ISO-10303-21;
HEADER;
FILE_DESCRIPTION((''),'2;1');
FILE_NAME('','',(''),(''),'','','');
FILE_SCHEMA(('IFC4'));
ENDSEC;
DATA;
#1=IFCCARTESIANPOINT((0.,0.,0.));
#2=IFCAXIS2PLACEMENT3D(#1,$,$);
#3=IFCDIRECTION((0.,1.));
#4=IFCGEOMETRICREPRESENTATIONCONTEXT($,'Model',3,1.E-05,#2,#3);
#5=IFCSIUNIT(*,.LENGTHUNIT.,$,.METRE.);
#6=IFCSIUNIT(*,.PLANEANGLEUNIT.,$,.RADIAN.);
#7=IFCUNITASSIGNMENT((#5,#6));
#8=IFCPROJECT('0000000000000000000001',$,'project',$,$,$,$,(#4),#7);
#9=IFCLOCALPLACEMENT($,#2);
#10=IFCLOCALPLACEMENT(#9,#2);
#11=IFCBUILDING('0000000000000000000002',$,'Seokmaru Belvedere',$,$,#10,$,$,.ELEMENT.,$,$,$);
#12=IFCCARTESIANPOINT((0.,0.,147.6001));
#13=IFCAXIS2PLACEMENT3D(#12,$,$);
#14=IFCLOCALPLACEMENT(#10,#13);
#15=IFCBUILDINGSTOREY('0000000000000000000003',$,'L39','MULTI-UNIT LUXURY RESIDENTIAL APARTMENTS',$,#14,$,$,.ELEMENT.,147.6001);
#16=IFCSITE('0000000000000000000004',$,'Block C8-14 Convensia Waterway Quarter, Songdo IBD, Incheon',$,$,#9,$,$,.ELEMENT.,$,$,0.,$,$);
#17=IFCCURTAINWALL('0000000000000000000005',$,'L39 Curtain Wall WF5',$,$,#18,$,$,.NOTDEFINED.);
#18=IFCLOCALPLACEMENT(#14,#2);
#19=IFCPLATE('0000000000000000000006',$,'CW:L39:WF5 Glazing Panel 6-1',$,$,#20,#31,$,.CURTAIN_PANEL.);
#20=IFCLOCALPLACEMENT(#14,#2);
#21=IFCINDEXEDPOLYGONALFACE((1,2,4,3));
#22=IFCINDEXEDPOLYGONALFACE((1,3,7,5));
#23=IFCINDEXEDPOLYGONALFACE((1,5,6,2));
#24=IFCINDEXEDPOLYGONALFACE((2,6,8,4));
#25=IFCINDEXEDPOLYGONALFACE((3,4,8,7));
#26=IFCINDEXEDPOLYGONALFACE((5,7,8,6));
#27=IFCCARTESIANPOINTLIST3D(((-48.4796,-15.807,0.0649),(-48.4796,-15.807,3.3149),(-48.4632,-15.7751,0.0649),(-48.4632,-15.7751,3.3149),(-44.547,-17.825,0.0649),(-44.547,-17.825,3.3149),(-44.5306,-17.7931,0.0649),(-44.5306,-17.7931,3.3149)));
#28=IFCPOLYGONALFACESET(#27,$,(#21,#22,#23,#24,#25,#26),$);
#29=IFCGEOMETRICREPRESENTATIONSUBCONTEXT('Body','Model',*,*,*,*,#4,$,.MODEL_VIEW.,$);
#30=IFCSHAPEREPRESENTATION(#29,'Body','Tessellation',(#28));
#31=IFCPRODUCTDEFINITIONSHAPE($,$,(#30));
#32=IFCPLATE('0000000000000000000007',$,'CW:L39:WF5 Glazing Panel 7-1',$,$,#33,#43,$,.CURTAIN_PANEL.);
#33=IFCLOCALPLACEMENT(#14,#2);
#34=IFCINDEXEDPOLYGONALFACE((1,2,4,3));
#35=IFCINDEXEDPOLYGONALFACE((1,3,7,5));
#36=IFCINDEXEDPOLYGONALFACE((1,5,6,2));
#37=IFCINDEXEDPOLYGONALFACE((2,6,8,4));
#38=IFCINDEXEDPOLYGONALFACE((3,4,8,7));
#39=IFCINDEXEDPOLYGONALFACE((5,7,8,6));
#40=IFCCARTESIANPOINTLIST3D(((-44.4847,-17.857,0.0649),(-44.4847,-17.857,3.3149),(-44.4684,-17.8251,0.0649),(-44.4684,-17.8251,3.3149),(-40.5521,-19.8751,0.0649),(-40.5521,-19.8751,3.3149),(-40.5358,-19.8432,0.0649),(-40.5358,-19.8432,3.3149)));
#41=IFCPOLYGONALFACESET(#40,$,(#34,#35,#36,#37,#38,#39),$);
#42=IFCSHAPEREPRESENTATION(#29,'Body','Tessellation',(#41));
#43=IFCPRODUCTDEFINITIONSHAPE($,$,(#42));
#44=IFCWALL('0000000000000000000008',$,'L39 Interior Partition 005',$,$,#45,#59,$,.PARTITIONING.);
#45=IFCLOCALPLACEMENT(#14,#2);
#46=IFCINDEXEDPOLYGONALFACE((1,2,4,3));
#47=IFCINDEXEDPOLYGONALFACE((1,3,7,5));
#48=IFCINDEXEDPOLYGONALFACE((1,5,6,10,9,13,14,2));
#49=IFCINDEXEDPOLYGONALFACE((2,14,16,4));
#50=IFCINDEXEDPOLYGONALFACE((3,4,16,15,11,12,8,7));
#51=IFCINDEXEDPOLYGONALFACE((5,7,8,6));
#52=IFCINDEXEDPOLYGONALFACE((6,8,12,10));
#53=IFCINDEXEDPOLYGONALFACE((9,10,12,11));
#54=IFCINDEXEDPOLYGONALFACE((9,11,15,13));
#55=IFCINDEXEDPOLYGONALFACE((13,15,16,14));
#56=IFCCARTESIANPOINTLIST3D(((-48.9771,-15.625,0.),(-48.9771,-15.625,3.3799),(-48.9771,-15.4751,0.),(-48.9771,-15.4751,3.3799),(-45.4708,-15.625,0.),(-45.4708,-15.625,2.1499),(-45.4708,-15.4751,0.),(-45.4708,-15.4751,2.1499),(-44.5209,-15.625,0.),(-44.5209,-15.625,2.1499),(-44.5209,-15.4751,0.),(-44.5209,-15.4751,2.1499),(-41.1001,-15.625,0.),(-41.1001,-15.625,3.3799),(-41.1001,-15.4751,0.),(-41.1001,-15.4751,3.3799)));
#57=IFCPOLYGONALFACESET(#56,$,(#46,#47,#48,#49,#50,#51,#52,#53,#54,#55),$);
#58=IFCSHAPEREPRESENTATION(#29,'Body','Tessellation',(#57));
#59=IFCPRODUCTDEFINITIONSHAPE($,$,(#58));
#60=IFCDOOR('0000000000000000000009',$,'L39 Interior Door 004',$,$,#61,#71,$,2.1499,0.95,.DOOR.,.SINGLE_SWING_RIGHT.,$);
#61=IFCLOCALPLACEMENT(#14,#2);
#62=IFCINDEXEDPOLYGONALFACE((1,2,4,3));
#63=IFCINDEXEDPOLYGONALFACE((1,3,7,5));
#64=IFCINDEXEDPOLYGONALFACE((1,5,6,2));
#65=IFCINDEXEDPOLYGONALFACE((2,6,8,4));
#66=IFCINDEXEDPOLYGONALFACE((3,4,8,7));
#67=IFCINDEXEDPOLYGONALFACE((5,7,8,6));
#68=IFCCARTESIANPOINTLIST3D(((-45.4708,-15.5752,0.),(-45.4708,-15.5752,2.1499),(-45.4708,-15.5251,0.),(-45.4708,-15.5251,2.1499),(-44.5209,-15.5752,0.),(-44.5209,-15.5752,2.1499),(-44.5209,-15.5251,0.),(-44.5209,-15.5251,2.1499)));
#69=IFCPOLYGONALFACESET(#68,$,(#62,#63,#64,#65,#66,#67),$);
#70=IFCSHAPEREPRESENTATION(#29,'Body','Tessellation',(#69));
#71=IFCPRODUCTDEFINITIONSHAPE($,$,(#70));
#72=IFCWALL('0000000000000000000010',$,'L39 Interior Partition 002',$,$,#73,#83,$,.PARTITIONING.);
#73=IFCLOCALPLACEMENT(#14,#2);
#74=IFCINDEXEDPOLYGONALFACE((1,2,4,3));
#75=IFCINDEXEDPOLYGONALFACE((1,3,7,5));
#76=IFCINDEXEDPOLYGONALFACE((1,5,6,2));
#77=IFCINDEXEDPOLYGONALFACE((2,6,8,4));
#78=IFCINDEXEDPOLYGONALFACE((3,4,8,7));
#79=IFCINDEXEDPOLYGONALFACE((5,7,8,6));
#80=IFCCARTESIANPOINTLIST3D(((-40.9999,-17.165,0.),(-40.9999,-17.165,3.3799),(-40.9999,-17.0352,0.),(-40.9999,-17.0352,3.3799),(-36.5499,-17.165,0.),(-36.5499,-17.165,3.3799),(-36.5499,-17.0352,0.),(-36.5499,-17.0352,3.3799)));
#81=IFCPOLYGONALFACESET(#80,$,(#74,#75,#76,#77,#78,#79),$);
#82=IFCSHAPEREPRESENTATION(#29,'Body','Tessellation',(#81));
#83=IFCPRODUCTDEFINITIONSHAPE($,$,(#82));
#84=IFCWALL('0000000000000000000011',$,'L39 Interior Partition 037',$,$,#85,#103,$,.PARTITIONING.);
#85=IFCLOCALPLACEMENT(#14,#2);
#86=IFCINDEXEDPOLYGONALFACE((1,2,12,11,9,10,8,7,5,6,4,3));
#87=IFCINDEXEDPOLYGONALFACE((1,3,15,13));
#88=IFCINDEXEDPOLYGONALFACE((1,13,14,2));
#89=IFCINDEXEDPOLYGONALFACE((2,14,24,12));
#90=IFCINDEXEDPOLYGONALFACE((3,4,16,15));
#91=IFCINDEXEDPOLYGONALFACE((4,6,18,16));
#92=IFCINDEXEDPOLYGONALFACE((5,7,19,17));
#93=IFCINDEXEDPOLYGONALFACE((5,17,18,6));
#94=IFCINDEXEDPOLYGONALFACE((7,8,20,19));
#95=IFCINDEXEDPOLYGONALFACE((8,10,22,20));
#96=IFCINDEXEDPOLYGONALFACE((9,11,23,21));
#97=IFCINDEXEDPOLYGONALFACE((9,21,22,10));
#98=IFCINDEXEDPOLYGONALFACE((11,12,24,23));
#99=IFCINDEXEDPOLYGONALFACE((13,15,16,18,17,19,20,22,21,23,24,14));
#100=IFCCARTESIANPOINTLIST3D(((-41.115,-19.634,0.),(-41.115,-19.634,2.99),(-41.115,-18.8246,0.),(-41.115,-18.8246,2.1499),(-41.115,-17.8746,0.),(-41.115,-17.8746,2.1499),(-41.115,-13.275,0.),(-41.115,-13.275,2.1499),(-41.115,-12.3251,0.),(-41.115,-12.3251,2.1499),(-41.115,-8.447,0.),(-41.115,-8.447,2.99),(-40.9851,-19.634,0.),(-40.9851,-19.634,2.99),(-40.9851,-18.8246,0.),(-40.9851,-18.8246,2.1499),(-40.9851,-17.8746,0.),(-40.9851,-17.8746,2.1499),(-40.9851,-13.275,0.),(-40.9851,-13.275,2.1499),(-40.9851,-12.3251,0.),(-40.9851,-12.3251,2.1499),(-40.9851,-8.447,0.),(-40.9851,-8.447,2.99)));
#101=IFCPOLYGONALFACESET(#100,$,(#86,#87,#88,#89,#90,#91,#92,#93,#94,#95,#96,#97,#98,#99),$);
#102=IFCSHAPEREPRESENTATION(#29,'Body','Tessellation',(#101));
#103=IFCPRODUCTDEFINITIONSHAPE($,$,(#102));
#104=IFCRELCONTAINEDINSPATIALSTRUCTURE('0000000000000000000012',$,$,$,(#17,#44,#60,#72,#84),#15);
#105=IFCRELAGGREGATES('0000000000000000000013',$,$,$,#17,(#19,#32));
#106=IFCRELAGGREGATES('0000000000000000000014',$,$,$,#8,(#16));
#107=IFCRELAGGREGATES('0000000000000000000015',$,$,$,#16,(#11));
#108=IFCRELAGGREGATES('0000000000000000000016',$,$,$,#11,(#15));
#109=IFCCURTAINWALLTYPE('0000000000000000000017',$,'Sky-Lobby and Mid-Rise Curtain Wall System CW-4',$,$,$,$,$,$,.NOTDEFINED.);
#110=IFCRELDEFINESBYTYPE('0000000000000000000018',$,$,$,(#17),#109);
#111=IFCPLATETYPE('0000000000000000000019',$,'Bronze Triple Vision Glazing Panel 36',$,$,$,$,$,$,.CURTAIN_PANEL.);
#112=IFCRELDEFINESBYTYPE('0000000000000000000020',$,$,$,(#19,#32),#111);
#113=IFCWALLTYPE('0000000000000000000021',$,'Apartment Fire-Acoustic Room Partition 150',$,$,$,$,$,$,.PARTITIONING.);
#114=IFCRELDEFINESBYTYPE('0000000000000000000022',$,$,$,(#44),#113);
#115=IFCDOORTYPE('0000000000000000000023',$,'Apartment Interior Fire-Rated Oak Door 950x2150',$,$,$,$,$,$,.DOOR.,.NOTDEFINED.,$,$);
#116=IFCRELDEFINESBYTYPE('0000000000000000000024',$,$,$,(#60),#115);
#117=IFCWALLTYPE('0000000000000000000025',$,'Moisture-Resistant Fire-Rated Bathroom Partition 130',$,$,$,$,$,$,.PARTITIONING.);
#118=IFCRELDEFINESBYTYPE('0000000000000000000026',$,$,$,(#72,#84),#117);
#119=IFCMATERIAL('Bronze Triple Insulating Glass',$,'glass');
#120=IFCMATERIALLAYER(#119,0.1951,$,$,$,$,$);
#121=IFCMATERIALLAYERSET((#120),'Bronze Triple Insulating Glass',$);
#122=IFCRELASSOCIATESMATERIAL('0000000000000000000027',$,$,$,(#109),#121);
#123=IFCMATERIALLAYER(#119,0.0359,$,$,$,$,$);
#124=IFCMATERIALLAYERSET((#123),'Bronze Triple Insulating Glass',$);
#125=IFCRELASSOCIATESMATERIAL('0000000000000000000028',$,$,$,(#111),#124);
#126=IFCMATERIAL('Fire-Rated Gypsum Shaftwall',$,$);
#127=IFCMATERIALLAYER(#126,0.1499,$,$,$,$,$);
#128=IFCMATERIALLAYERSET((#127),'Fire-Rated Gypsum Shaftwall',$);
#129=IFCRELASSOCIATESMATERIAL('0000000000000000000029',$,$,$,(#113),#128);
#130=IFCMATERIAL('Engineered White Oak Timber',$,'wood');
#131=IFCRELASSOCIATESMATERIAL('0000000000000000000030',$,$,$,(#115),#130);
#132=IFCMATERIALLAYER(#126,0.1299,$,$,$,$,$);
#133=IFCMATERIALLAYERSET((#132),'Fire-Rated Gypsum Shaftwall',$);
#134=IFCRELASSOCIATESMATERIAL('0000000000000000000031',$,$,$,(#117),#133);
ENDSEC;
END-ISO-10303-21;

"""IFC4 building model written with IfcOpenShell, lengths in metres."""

from ifc_helpers import new_model, si_unit, direction, frame, frame_2d, origin, origin_2d, place, context, subcontext, project, spatial, rectangle, extrude, source, transform, mapped, material, layer, layer_set, type_object, type_shapes, element, fill, aggregate, save


model = new_model("IFC4")

# Units and contexts
model_context = context("Model", 3, precision=1e-05, world=origin(), true_north=direction((0.0, 1.0)))
body_context = subcontext(model_context, "Body", "Model", "MODEL_VIEW")
ifc_project = project(units=[si_unit("LENGTHUNIT", "METRE"), si_unit("PLANEANGLEUNIT", "RADIAN")], contexts=[model_context])

# Site, building, storey
site_placement = place(None, origin())
site = spatial("IfcSite", under=ifc_project, at=site_placement, Name="Block C8-14 Convensia Waterway Quarter, Songdo IBD, Incheon", CompositionType="ELEMENT", RefElevation=0.0)
building_placement = place(site_placement, origin())
building = spatial("IfcBuilding", under=site, at=building_placement, Name="Seokmaru Belvedere", CompositionType="ELEMENT")
storey_placement = place(building_placement, frame((0.0, 0.0, 147.6001)))
storey = spatial("IfcBuildingStorey", under=building, at=storey_placement, Name="L39", Description="MULTI-UNIT LUXURY RESIDENTIAL APARTMENTS", CompositionType="ELEMENT", Elevation=147.6001)

# Curtain wall, plates
ifc_material_1 = material(Name="Bronze Triple Insulating Glass", Category="glass")
ifc_layer_1 = layer(ifc_material_1, 0.1951)
ifc_layer_set_1 = layer_set([ifc_layer_1], Name="Bronze Triple Insulating Glass")
curtain_wall_type = type_object("IfcCurtainWallType", Name="Sky-Lobby and Mid-Rise Curtain Wall System CW-4", PredefinedType="NOTDEFINED", material=ifc_layer_set_1)
curtain_wall_placement = place(storey_placement, origin())
curtain_wall = element("IfcCurtainWall", 1, at=curtain_wall_placement, inside=storey, type_object=curtain_wall_type, Name="L39 Curtain Wall WF5", PredefinedType="NOTDEFINED")
ifc_layer_2 = layer(ifc_material_1, 0.0359)
ifc_layer_set_2 = layer_set([ifc_layer_2], Name="Bronze Triple Insulating Glass")
plate_type = type_object("IfcPlateType", Name="Bronze Triple Vision Glazing Panel 36", PredefinedType="CURTAIN_PANEL", material=ifc_layer_set_2)
shared_shape_1 = source(origin(), body_context, "Body", "SweptSolid", [
    extrude(rectangle(XDim=4.4202, YDim=0.0359, at=origin_2d()), origin(), (0.0, 0.0, 1.0), 3.25),
])
type_shapes(plate_type, [shared_shape_1])
plate_1_placement = place(storey_placement, frame((-46.5051, -16.8, 0.0649), z_axis=(0.0, 0.0, 1.0), x_axis=(0.889695, -0.456555, 0.0)))
plate_1 = element("IfcPlate", 2, at=plate_1_placement, type_object=plate_type, Name="CW:L39:WF5 Glazing Panel 6-1", PredefinedType="CURTAIN_PANEL", context=body_context, shape_type="MappedRepresentation", body=[
    mapped(shared_shape_1, transform((0.0, 0.0, 0.0), scale=1.0)),
])
plate_2_placement = place(storey_placement, frame((-42.5103, -18.8501, 0.0649), z_axis=(0.0, 0.0, 1.0), x_axis=(0.889695, -0.456555, 0.0)))
plate_2 = element("IfcPlate", 3, at=plate_2_placement, type_object=plate_type, Name="CW:L39:WF5 Glazing Panel 7-1", PredefinedType="CURTAIN_PANEL", context=body_context, shape_type="MappedRepresentation", body=[
    mapped(shared_shape_1, transform((0.0, 0.0, 0.0), scale=1.0)),
])
aggregate(curtain_wall, [plate_1, plate_2])

# Wall, opening, door
ifc_material_2 = material(Name="Fire-Rated Gypsum Shaftwall")
ifc_layer_3 = layer(ifc_material_2, 0.1499)
ifc_layer_set_3 = layer_set([ifc_layer_3], Name="Fire-Rated Gypsum Shaftwall")
wall_type_1 = type_object("IfcWallType", Name="Apartment Fire-Acoustic Room Partition 150", PredefinedType="PARTITIONING", material=ifc_layer_set_3)
wall_1_placement = place(storey_placement, frame((-48.9771, -15.55, 0.0), z_axis=(0.0, 0.0, 1.0), x_axis=(1.0, 0.0, 0.0)))
wall_1 = element("IfcWall", 4, at=wall_1_placement, inside=storey, type_object=wall_type_1, Name="L39 Interior Partition 005", PredefinedType="PARTITIONING", context=body_context, shape_type="SweptSolid", body=[
    extrude(rectangle(XDim=7.877, YDim=0.1499, at=frame_2d((3.9385, 0.0))), origin(), (0.0, 0.0, 1.0), 3.3799),
])
opening_1_placement = place(wall_1_placement, frame((3.5061, 0.0, 0.0)))
opening_1 = element("IfcOpeningElement", 5, at=opening_1_placement, cuts=wall_1, PredefinedType="OPENING", context=body_context, shape_type="SweptSolid", body=[
    extrude(rectangle(XDim=0.95, YDim=2.1499, at=frame_2d((0.4751, 1.075))), frame((0.0, 0.085, 0.0), z_axis=(0.0, -1.0, 0.0), x_axis=(1.0, 0.0, 0.0)), (0.0, 0.0, 1.0), 0.1699),
])
ifc_material_3 = material(Name="Engineered White Oak Timber", Category="wood")
door_type = type_object("IfcDoorType", Name="Apartment Interior Fire-Rated Oak Door 950x2150", OperationType="NOTDEFINED", PredefinedType="DOOR", material=ifc_material_3)
shared_shape_2 = source(origin(), body_context, "Body", "SweptSolid", [
    extrude(rectangle(XDim=0.95, YDim=2.1499, at=frame_2d((0.4751, 1.075))), frame((0.0, 0.0249, 0.0), z_axis=(0.0, -1.0, 0.0), x_axis=(1.0, 0.0, 0.0)), (0.0, 0.0, 1.0), 0.05),
])
type_shapes(door_type, [shared_shape_2])
door_placement = place(opening_1_placement, origin())
door = element("IfcDoor", 6, at=door_placement, inside=storey, type_object=door_type, Name="L39 Interior Door 004", OperationType="SINGLE_SWING_RIGHT", OverallHeight=2.1499, OverallWidth=0.95, PredefinedType="DOOR", context=body_context, shape_type="MappedRepresentation", body=[
    mapped(shared_shape_2, transform((0.0, 0.0, 0.0), scale=1.0)),
])
fill(opening_1, door)

# Wall
ifc_layer_4 = layer(ifc_material_2, 0.1299)
ifc_layer_set_4 = layer_set([ifc_layer_4], Name="Fire-Rated Gypsum Shaftwall")
wall_type_2 = type_object("IfcWallType", Name="Moisture-Resistant Fire-Rated Bathroom Partition 130", PredefinedType="PARTITIONING", material=ifc_layer_set_4)
wall_2_placement = place(storey_placement, frame((-41.0, -17.1001, 0.0), z_axis=(0.0, 0.0, 1.0), x_axis=(1.0, 0.0, 0.0)))
element("IfcWall", 7, at=wall_2_placement, inside=storey, type_object=wall_type_2, Name="L39 Interior Partition 002", PredefinedType="PARTITIONING", context=body_context, shape_type="SweptSolid", body=[
    extrude(rectangle(XDim=4.45, YDim=0.1299, at=frame_2d((2.2251, 0.0))), origin(), (0.0, 0.0, 1.0), 3.3799),
])

# Wall, openings
wall_3_placement = place(storey_placement, frame((-41.05, -19.634, 0.0), z_axis=(0.0, 0.0, 1.0), x_axis=(0.0, 1.0, 0.0)))
wall_3 = element("IfcWall", 8, at=wall_3_placement, inside=storey, type_object=wall_type_2, Name="L39 Interior Partition 037", PredefinedType="PARTITIONING", context=body_context, shape_type="SweptSolid", body=[
    extrude(rectangle(XDim=11.187, YDim=0.1299, at=frame_2d((5.5935, 0.0))), origin(), (0.0, 0.0, 1.0), 2.99),
])
opening_2_placement = place(wall_3_placement, frame((6.3589, 0.0, 0.0)))
element("IfcOpeningElement", 9, at=opening_2_placement, cuts=wall_3, PredefinedType="OPENING", context=body_context, shape_type="SweptSolid", body=[
    extrude(rectangle(XDim=0.95, YDim=2.1499, at=frame_2d((0.4751, 1.075))), frame((0.0, 0.075, 0.0), z_axis=(0.0, -1.0, 0.0), x_axis=(1.0, 0.0, 0.0)), (0.0, 0.0, 1.0), 0.1499),
])
opening_3_placement = place(wall_3_placement, frame((0.8093, 0.0, 0.0)))
element("IfcOpeningElement", 10, at=opening_3_placement, cuts=wall_3, PredefinedType="OPENING", context=body_context, shape_type="SweptSolid", body=[
    extrude(rectangle(XDim=0.95, YDim=2.1499, at=frame_2d((0.4751, 1.075))), frame((0.0, 0.075, 0.0), z_axis=(0.0, -1.0, 0.0), x_axis=(1.0, 0.0, 0.0)), (0.0, 0.0, 1.0), 0.1499),
])

save(model, "model.ifc")
